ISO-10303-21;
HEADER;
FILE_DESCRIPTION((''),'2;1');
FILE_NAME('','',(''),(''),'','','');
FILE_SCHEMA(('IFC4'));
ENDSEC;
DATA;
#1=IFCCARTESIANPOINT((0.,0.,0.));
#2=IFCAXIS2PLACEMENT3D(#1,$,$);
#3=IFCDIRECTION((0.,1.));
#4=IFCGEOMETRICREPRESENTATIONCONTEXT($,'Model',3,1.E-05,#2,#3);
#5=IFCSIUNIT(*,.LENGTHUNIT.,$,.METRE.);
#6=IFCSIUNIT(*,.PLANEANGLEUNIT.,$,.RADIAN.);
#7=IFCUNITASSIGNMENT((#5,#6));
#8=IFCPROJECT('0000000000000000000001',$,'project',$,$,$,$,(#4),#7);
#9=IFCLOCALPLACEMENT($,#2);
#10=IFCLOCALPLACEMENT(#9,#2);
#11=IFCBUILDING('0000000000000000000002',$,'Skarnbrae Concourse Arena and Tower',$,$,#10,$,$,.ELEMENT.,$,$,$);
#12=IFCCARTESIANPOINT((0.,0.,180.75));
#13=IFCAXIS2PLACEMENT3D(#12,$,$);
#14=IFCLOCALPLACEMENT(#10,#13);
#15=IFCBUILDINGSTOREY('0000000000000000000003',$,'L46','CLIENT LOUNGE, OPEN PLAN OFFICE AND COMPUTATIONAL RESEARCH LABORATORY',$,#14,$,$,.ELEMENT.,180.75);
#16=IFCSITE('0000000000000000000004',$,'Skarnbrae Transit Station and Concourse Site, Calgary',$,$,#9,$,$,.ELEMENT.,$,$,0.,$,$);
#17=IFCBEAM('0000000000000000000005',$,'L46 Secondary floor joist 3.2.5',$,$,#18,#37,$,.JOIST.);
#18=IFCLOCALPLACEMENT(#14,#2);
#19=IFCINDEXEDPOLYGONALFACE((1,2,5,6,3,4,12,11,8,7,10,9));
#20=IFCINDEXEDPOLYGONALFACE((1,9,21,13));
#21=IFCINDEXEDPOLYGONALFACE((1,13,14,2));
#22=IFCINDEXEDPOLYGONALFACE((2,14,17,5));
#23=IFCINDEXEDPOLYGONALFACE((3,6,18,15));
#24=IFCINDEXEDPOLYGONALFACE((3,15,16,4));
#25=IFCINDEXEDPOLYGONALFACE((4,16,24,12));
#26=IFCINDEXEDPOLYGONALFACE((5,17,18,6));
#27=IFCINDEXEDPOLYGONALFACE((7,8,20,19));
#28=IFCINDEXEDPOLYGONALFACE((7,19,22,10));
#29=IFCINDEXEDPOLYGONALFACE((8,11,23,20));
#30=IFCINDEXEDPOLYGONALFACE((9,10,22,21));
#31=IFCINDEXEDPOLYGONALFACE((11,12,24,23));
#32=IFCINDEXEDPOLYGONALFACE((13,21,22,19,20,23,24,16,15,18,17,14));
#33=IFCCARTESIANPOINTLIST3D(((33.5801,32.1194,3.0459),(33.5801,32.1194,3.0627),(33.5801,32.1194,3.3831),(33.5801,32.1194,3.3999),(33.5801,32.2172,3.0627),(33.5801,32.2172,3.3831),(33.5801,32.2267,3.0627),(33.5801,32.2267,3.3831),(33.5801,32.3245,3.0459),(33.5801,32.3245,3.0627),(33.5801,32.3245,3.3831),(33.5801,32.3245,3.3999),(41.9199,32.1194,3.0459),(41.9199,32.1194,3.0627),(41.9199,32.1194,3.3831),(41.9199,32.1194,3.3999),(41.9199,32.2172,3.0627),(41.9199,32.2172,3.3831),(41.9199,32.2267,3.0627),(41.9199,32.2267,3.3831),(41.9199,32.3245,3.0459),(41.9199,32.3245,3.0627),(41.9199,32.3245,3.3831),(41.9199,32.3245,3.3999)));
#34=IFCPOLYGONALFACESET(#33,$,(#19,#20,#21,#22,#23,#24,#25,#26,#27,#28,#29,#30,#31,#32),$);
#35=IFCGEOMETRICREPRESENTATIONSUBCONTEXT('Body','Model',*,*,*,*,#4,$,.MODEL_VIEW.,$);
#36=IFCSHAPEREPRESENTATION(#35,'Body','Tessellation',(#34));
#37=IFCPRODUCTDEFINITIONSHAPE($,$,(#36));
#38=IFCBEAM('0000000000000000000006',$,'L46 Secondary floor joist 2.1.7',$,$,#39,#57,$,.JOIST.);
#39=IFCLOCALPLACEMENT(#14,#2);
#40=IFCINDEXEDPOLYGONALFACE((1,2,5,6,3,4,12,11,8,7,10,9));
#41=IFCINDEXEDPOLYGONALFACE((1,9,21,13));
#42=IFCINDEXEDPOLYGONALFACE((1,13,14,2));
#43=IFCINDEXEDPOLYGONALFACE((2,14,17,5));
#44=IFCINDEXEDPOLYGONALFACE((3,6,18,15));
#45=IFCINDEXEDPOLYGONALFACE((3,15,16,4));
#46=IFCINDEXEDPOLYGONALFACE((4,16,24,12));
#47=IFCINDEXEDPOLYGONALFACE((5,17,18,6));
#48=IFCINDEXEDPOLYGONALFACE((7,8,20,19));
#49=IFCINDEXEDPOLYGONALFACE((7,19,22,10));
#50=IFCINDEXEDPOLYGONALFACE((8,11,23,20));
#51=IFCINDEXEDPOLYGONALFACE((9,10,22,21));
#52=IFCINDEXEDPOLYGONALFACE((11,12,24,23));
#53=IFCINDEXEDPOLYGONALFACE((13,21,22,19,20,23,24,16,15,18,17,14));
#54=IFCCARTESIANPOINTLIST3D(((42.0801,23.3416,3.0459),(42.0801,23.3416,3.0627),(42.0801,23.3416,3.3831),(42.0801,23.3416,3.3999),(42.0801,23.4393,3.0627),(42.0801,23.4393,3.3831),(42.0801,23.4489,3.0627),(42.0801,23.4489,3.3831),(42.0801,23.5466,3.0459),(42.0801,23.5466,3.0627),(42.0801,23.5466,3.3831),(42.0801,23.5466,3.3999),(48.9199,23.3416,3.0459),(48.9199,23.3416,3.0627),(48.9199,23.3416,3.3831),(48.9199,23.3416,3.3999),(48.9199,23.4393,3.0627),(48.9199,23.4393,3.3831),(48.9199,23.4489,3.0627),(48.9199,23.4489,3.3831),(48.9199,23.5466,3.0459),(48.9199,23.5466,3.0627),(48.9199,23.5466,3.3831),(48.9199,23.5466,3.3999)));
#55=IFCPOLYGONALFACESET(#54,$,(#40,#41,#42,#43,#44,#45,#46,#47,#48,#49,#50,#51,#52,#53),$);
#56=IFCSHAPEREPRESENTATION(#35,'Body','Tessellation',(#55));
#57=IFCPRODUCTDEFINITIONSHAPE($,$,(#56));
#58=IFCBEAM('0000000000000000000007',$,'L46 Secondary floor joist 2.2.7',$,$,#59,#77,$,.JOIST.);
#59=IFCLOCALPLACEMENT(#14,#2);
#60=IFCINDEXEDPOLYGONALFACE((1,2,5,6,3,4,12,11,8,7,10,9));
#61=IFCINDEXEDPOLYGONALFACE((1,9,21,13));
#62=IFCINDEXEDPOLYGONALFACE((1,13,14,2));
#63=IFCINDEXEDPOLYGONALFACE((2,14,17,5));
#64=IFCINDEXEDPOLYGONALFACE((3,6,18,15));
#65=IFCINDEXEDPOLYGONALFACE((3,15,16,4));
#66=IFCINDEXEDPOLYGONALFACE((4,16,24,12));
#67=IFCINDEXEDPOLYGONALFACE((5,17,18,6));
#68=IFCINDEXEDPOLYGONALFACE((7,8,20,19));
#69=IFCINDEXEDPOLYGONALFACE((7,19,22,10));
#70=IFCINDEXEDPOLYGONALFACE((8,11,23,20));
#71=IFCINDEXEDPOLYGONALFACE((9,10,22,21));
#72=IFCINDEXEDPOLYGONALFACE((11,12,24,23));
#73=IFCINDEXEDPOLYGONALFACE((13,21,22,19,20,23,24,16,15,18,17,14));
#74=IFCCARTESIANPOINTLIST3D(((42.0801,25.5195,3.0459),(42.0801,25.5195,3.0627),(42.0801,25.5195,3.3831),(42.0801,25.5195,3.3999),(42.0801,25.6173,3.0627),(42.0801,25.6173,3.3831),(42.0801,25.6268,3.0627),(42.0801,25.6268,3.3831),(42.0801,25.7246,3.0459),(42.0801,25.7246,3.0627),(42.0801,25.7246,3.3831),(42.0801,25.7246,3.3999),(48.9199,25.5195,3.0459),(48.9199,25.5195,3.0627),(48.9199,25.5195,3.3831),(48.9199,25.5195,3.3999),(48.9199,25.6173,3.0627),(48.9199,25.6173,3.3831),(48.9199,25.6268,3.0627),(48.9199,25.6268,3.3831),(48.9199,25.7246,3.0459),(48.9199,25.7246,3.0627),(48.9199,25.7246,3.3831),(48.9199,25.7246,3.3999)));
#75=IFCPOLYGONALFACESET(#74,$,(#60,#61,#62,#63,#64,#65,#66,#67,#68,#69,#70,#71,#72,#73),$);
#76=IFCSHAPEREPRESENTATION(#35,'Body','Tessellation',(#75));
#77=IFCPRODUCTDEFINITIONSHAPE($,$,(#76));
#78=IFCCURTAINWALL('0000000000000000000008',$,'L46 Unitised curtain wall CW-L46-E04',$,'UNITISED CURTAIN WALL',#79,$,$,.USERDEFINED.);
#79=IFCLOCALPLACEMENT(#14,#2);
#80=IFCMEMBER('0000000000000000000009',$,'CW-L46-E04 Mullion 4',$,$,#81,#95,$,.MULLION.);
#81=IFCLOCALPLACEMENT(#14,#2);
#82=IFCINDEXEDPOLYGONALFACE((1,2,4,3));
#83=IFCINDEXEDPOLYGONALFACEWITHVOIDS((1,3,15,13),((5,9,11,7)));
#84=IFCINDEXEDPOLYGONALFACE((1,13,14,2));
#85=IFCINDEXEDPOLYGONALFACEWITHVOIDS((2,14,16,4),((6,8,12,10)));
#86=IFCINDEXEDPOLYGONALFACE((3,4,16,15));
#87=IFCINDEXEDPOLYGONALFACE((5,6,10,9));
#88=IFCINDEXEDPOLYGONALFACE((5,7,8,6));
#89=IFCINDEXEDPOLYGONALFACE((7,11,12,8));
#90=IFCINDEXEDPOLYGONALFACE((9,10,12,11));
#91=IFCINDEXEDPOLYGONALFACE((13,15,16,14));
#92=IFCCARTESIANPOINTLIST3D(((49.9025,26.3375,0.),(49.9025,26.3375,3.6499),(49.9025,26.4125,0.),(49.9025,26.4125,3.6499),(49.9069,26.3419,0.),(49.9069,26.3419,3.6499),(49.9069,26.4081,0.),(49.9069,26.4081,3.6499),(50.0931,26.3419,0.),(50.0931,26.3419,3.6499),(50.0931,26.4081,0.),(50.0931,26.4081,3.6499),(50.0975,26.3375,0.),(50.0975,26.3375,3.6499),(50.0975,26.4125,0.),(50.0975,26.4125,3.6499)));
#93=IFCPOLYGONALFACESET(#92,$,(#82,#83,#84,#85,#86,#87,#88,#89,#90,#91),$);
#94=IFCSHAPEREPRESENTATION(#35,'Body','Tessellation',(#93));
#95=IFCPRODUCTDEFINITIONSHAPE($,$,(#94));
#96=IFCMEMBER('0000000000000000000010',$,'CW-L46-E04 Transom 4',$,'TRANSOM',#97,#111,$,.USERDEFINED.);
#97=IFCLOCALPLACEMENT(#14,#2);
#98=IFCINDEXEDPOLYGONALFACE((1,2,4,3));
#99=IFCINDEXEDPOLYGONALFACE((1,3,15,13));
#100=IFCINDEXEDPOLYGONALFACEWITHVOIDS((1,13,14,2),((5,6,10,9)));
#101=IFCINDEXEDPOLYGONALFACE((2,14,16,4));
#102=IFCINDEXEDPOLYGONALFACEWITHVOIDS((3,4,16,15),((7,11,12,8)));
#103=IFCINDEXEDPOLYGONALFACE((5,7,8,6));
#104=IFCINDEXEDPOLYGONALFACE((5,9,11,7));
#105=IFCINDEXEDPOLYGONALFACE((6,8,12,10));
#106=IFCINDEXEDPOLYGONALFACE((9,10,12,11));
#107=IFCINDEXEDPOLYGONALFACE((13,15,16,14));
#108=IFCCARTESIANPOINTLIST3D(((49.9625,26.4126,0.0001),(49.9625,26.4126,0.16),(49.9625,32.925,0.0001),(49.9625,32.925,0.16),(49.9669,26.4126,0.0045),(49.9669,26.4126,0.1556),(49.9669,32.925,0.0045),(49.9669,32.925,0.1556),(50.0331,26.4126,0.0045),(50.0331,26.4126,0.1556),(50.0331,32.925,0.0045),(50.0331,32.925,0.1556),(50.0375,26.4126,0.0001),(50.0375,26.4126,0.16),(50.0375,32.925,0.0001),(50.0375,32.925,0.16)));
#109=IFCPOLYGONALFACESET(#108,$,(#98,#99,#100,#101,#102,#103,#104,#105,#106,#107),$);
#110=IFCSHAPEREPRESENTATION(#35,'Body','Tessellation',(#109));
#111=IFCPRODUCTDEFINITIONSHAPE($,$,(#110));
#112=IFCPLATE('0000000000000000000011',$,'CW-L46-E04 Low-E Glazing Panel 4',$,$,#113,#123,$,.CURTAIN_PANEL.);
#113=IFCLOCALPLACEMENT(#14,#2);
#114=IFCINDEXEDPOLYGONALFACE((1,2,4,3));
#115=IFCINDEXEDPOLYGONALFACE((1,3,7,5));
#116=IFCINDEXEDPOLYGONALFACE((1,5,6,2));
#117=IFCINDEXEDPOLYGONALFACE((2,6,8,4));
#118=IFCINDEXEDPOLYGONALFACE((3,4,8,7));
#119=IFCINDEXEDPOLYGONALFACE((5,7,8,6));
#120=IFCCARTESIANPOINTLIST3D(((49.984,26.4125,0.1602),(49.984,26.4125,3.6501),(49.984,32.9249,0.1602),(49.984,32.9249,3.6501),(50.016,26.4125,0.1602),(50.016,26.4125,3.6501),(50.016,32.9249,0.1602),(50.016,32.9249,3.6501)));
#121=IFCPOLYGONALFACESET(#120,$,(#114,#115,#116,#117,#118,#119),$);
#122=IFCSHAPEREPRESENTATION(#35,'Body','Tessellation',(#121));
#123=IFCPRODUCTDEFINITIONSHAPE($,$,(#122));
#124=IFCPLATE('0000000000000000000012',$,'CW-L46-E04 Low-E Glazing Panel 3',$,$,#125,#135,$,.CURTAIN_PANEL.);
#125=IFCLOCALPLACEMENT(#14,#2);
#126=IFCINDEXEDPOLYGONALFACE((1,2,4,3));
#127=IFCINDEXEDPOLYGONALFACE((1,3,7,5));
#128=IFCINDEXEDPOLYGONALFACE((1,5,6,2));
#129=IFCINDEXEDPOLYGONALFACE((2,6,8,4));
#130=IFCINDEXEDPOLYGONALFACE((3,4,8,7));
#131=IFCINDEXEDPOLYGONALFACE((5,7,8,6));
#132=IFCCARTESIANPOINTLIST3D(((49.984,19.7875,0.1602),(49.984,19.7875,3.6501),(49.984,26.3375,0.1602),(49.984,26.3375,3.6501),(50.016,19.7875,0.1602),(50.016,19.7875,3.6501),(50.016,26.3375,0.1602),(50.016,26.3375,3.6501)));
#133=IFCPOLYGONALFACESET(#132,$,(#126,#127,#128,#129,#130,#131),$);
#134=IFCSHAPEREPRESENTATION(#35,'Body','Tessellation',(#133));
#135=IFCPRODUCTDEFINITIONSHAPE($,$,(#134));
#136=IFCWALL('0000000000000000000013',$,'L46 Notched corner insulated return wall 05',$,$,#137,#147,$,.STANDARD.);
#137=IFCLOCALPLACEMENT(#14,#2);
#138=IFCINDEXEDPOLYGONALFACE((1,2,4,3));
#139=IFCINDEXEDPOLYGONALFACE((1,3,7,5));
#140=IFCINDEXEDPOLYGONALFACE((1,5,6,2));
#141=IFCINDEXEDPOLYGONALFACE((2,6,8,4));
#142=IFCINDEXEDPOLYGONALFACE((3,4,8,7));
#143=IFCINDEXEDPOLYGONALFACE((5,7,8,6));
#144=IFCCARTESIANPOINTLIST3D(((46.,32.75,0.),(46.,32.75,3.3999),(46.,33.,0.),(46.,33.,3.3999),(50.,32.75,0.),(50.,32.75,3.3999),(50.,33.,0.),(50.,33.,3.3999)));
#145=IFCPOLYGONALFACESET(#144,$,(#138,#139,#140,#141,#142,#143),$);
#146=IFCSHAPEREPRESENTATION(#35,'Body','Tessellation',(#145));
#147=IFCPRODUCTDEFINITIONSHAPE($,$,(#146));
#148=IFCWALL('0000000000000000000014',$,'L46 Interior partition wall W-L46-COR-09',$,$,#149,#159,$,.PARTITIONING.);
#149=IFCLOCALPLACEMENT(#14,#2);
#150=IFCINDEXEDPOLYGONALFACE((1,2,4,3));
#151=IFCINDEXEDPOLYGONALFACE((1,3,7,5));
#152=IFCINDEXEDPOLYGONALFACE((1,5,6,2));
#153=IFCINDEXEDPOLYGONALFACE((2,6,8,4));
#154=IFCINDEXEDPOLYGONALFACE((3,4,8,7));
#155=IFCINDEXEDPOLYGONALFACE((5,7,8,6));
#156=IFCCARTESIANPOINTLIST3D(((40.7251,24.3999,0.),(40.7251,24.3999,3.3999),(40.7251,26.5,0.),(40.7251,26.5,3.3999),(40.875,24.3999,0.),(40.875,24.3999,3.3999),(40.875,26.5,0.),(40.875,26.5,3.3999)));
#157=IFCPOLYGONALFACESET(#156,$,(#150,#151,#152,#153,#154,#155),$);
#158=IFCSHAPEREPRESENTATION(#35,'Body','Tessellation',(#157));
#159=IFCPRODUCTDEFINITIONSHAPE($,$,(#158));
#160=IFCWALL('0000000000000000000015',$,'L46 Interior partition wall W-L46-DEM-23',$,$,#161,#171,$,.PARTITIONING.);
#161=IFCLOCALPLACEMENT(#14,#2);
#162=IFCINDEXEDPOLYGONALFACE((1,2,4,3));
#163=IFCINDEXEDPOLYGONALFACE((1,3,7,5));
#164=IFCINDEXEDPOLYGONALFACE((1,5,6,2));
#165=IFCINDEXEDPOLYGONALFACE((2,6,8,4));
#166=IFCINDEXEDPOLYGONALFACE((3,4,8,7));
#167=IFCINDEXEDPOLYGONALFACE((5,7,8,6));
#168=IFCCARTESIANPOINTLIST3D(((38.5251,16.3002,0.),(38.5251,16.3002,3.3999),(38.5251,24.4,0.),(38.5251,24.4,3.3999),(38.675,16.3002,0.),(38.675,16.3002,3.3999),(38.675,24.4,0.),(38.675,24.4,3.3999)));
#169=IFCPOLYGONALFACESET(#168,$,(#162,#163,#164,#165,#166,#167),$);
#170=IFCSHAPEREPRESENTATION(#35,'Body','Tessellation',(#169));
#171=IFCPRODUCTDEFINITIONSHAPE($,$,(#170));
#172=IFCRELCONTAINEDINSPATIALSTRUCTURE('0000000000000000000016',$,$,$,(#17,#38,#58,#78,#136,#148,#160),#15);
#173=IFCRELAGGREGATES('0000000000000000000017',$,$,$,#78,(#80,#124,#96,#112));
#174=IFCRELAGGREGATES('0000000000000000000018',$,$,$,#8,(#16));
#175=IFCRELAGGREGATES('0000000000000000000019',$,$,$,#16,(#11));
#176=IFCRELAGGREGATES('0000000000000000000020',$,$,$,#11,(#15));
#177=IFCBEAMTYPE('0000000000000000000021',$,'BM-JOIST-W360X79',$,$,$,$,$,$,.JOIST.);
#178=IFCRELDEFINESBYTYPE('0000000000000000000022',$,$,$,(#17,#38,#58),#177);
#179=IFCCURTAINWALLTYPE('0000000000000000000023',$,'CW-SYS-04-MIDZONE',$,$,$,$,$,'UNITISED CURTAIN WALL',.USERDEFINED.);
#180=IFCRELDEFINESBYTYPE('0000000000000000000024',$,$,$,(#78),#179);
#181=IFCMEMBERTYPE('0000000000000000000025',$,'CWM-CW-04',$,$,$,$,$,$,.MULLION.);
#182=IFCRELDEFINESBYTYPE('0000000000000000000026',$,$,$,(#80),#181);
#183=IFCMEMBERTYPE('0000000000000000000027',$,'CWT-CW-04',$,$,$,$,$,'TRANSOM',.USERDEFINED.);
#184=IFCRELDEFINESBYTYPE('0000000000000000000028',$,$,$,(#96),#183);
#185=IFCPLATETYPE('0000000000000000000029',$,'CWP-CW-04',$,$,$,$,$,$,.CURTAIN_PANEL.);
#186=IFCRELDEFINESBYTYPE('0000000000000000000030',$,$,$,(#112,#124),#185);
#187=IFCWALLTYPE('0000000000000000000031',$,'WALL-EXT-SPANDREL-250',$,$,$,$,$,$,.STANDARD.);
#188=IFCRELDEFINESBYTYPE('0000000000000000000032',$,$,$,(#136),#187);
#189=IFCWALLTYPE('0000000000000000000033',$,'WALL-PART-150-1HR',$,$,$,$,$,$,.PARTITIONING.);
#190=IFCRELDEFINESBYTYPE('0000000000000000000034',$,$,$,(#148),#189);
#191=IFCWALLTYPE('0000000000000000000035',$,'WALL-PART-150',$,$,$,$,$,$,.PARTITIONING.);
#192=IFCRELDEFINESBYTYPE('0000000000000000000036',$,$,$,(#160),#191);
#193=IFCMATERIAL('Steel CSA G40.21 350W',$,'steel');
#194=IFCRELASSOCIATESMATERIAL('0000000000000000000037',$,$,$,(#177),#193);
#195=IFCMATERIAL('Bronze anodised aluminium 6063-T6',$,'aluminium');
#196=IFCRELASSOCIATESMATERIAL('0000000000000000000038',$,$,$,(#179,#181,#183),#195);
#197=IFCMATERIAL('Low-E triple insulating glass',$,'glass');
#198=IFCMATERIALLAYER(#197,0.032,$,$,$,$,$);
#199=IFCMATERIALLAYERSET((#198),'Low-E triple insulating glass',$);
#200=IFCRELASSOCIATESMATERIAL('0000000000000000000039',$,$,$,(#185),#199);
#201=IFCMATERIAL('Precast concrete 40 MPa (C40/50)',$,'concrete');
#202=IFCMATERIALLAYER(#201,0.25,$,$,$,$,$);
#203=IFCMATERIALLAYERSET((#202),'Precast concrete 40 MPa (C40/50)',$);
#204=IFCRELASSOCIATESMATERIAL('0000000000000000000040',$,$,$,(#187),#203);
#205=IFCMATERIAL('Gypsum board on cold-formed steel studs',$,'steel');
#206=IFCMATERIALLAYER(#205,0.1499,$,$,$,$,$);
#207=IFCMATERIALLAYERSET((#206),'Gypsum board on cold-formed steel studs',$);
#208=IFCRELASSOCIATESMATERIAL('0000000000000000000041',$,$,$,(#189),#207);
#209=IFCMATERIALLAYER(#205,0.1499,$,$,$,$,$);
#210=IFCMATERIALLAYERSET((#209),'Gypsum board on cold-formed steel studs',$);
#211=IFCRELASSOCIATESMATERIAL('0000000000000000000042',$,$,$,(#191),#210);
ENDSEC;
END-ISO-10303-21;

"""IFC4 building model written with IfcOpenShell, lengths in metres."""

from ifc_helpers import new_model, si_unit, direction, frame, frame_2d, origin, origin_2d, place, context, subcontext, project, spatial, rectangle, hollow_rectangle, i_section, extrude, source, transform, mapped, material, layer, layer_set, material_profile, profile_set, type_object, element, aggregate, save


model = new_model("IFC4")

# Units and contexts
model_context = context("Model", 3, precision=1e-05, world=origin(), true_north=direction((0.0, 1.0)))
body_context = subcontext(model_context, "Body", "Model", "MODEL_VIEW")
ifc_project = project(units=[si_unit("LENGTHUNIT", "METRE"), si_unit("PLANEANGLEUNIT", "RADIAN")], contexts=[model_context])

# Site, building, storey
site_placement = place(None, origin())
site = spatial("IfcSite", under=ifc_project, at=site_placement, Name="Skarnbrae Transit Station and Concourse Site, Calgary", CompositionType="ELEMENT", RefElevation=0.0)
building_placement = place(site_placement, origin())
building = spatial("IfcBuilding", under=site, at=building_placement, Name="Skarnbrae Concourse Arena and Tower", CompositionType="ELEMENT")
storey_placement = place(building_placement, frame((0.0, 0.0, 180.75)))
storey = spatial("IfcBuildingStorey", under=building, at=storey_placement, Name="L46", Description="CLIENT LOUNGE, OPEN PLAN OFFICE AND COMPUTATIONAL RESEARCH LABORATORY", CompositionType="ELEMENT", Elevation=180.75)

# Shared definitions
ifc_material_1 = material(Name="Steel CSA G40.21 350W", Category="steel")

# Beams
ifc_material_profile_1 = material_profile(ifc_material_1, i_section(OverallWidth=0.2051, OverallDepth=0.354, WebThickness=0.0095, FlangeThickness=0.0168, at=origin_2d()), Name="W360X79")
ifc_profile_set_1 = profile_set([ifc_material_profile_1], Name="Steel CSA G40.21 350W")
beam_type_1 = type_object("IfcBeamType", Name="BM-JOIST-W360X79", PredefinedType="JOIST", material=ifc_profile_set_1)
shared_shape_1 = source(origin(), body_context, "Body", "SweptSolid", [
    extrude(i_section(OverallWidth=0.2051, OverallDepth=0.354, WebThickness=0.0095, FlangeThickness=0.0168, at=origin_2d()), origin(), (0.0, 0.0, 1.0), 8.3398),
])
beam_1_placement = place(storey_placement, frame((33.5801, 32.2219, 3.2229), z_axis=(1.0, 0.0, 0.0), x_axis=(0.0, 1.0, 0.0)))
element("IfcBeam", 1, at=beam_1_placement, inside=storey, type_object=beam_type_1, Name="L46 Secondary floor joist 3.2.5", PredefinedType="JOIST", context=body_context, shape_type="MappedRepresentation", body=[
    mapped(shared_shape_1, transform((0.0, 0.0, 0.0))),
])
shared_shape_2 = source(origin(), body_context, "Body", "SweptSolid", [
    extrude(i_section(OverallWidth=0.2051, OverallDepth=0.354, WebThickness=0.0095, FlangeThickness=0.0168, at=origin_2d()), origin(), (0.0, 0.0, 1.0), 6.8398),
])
for number, where, z_axis, x_axis, name in (
    (2, (42.0801, 23.4441, 3.2229), (1.0, 0.0, 0.0), (0.0, 1.0, 0.0), "L46 Secondary floor joist 2.1.7"),
    (3, (42.0801, 25.6221, 3.2229), (1.0, 0.0, 0.0), (0.0, 1.0, 0.0), "L46 Secondary floor joist 2.2.7"),
):
    element("IfcBeam", number, at=place(storey_placement, frame(where, z_axis=z_axis, x_axis=x_axis)), inside=storey, type_object=beam_type_1, Name=name, PredefinedType="JOIST", context=body_context, shape_type="MappedRepresentation", body=[
        mapped(shared_shape_2, transform((0.0, 0.0, 0.0))),
    ])

# Curtain wall, members, plates
ifc_material_2 = material(Name="Bronze anodised aluminium 6063-T6", Category="aluminium")
curtain_wall_type = type_object("IfcCurtainWallType", Name="CW-SYS-04-MIDZONE", ElementType="UNITISED CURTAIN WALL", PredefinedType="USERDEFINED", material=ifc_material_2)
curtain_wall_placement = place(storey_placement, origin())
curtain_wall = element("IfcCurtainWall", 4, at=curtain_wall_placement, inside=storey, type_object=curtain_wall_type, Name="L46 Unitised curtain wall CW-L46-E04", ObjectType="UNITISED CURTAIN WALL", PredefinedType="USERDEFINED")
ifc_material_profile_2 = material_profile(ifc_material_2, hollow_rectangle(XDim=0.075, YDim=0.1951, WallThickness=0.0044, at=origin_2d()), Name="ALU-MULL-75X195")
ifc_profile_set_2 = profile_set([ifc_material_profile_2], Name="Bronze anodised aluminium 6063-T6")
member_type_1 = type_object("IfcMemberType", Name="CWM-CW-04", PredefinedType="MULLION", material=ifc_profile_set_2)
shared_shape_3 = source(origin(), body_context, "Body", "SweptSolid", [
    extrude(hollow_rectangle(XDim=0.075, YDim=0.1951, WallThickness=0.0044, at=origin_2d()), origin(), (0.0, 0.0, 1.0), 3.6499),
])
member_1_placement = place(storey_placement, frame((50.0, 26.375, 0.0), z_axis=(0.0, 0.0, 1.0), x_axis=(0.0, 1.0, 0.0)))
member_1 = element("IfcMember", 5, at=member_1_placement, type_object=member_type_1, Name="CW-L46-E04 Mullion 4", PredefinedType="MULLION", context=body_context, shape_type="MappedRepresentation", body=[
    mapped(shared_shape_3, transform((0.0, 0.0, 0.0))),
])
ifc_material_profile_3 = material_profile(ifc_material_2, hollow_rectangle(XDim=0.075, YDim=0.1599, WallThickness=0.0044, at=origin_2d()), Name="ALU-TRAN-75X160")
ifc_profile_set_3 = profile_set([ifc_material_profile_3], Name="Bronze anodised aluminium 6063-T6")
member_type_2 = type_object("IfcMemberType", Name="CWT-CW-04", ElementType="TRANSOM", PredefinedType="USERDEFINED", material=ifc_profile_set_3)
shared_shape_4 = source(origin(), body_context, "Body", "SweptSolid", [
    extrude(hollow_rectangle(XDim=0.075, YDim=0.1599, WallThickness=0.0044, at=origin_2d()), origin(), (0.0, 0.0, 1.0), 6.5125),
])
member_2_placement = place(storey_placement, frame((50.0, 26.4126, 0.0801), z_axis=(0.0, 1.0, 0.0), x_axis=(-1.0, 0.0, 0.0)))
member_2 = element("IfcMember", 6, at=member_2_placement, type_object=member_type_2, Name="CW-L46-E04 Transom 4", ObjectType="TRANSOM", PredefinedType="USERDEFINED", context=body_context, shape_type="MappedRepresentation", body=[
    mapped(shared_shape_4, transform((0.0, 0.0, 0.0))),
])
ifc_material_3 = material(Name="Low-E triple insulating glass", Category="glass")
ifc_layer_1 = layer(ifc_material_3, 0.032)
ifc_layer_set_1 = layer_set([ifc_layer_1], Name="Low-E triple insulating glass")
plate_type = type_object("IfcPlateType", Name="CWP-CW-04", PredefinedType="CURTAIN_PANEL", material=ifc_layer_set_1)
shared_shape_5 = source(origin(), body_context, "Body", "SweptSolid", [
    extrude(rectangle(XDim=6.5125, YDim=0.032, at=origin_2d()), origin(), (0.0, 0.0, 1.0), 3.49),
])
plate_1_placement = place(storey_placement, frame((50.0, 29.6687, 0.1602), z_axis=(0.0, 0.0, 1.0), x_axis=(0.0, 1.0, 0.0)))
plate_1 = element("IfcPlate", 7, at=plate_1_placement, type_object=plate_type, Name="CW-L46-E04 Low-E Glazing Panel 4", PredefinedType="CURTAIN_PANEL", context=body_context, shape_type="MappedRepresentation", body=[
    mapped(shared_shape_5, transform((0.0, 0.0, 0.0))),
])
shared_shape_6 = source(origin(), body_context, "Body", "SweptSolid", [
    extrude(rectangle(XDim=6.55, YDim=0.032, at=origin_2d()), origin(), (0.0, 0.0, 1.0), 3.49),
])
plate_2_placement = place(storey_placement, frame((50.0, 23.0625, 0.1602), z_axis=(0.0, 0.0, 1.0), x_axis=(0.0, 1.0, 0.0)))
plate_2 = element("IfcPlate", 8, at=plate_2_placement, type_object=plate_type, Name="CW-L46-E04 Low-E Glazing Panel 3", PredefinedType="CURTAIN_PANEL", context=body_context, shape_type="MappedRepresentation", body=[
    mapped(shared_shape_6, transform((0.0, 0.0, 0.0))),
])
aggregate(curtain_wall, [member_1, plate_2, member_2, plate_1])

# Walls
ifc_material_4 = material(Name="Precast concrete 40 MPa (C40/50)", Category="concrete")
ifc_layer_2 = layer(ifc_material_4, 0.25)
ifc_layer_set_2 = layer_set([ifc_layer_2], Name="Precast concrete 40 MPa (C40/50)")
wall_type_1 = type_object("IfcWallType", Name="WALL-EXT-SPANDREL-250", PredefinedType="STANDARD", material=ifc_layer_set_2)
shared_shape_7 = source(origin(), body_context, "Body", "SweptSolid", [
    extrude(rectangle(XDim=4.0, YDim=0.25, at=frame_2d((2.0, 0.0))), origin(), (0.0, 0.0, 1.0), 3.3999),
])
wall_1_placement = place(storey_placement, frame((50.0, 32.875, 0.0), z_axis=(0.0, 0.0, 1.0), x_axis=(-1.0, 0.0, 0.0)))
element("IfcWall", 9, at=wall_1_placement, inside=storey, type_object=wall_type_1, Name="L46 Notched corner insulated return wall 05", PredefinedType="STANDARD", context=body_context, shape_type="MappedRepresentation", body=[
    mapped(shared_shape_7, transform((0.0, 0.0, 0.0))),
])
ifc_material_5 = material(Name="Gypsum board on cold-formed steel studs", Category="steel")
ifc_layer_3 = layer(ifc_material_5, 0.1499)
ifc_layer_set_3 = layer_set([ifc_layer_3], Name="Gypsum board on cold-formed steel studs")
wall_type_2 = type_object("IfcWallType", Name="WALL-PART-150-1HR", PredefinedType="PARTITIONING", material=ifc_layer_set_3)
shared_shape_8 = source(origin(), body_context, "Body", "SweptSolid", [
    extrude(rectangle(XDim=2.1001, YDim=0.1499, at=frame_2d((1.05, 0.0))), origin(), (0.0, 0.0, 1.0), 3.3999),
])
wall_2_placement = place(storey_placement, frame((40.8, 26.5, 0.0), z_axis=(0.0, 0.0, 1.0), x_axis=(0.0, -1.0, 0.0)))
element("IfcWall", 10, at=wall_2_placement, inside=storey, type_object=wall_type_2, Name="L46 Interior partition wall W-L46-COR-09", PredefinedType="PARTITIONING", context=body_context, shape_type="MappedRepresentation", body=[
    mapped(shared_shape_8, transform((0.0, 0.0, 0.0))),
])
ifc_layer_4 = layer(ifc_material_5, 0.1499)
ifc_layer_set_4 = layer_set([ifc_layer_4], Name="Gypsum board on cold-formed steel studs")
wall_type_3 = type_object("IfcWallType", Name="WALL-PART-150", PredefinedType="PARTITIONING", material=ifc_layer_set_4)
shared_shape_9 = source(origin(), body_context, "Body", "SweptSolid", [
    extrude(rectangle(XDim=8.0999, YDim=0.1499, at=frame_2d((4.0498, 0.0))), origin(), (0.0, 0.0, 1.0), 3.3999),
])
wall_3_placement = place(storey_placement, frame((38.6001, 24.3999, 0.0), z_axis=(0.0, 0.0, 1.0), x_axis=(0.0, -1.0, 0.0)))
element("IfcWall", 11, at=wall_3_placement, inside=storey, type_object=wall_type_3, Name="L46 Interior partition wall W-L46-DEM-23", PredefinedType="PARTITIONING", context=body_context, shape_type="MappedRepresentation", body=[
    mapped(shared_shape_9, transform((0.0, 0.0, 0.0))),
])

save(model, "model.ifc")
